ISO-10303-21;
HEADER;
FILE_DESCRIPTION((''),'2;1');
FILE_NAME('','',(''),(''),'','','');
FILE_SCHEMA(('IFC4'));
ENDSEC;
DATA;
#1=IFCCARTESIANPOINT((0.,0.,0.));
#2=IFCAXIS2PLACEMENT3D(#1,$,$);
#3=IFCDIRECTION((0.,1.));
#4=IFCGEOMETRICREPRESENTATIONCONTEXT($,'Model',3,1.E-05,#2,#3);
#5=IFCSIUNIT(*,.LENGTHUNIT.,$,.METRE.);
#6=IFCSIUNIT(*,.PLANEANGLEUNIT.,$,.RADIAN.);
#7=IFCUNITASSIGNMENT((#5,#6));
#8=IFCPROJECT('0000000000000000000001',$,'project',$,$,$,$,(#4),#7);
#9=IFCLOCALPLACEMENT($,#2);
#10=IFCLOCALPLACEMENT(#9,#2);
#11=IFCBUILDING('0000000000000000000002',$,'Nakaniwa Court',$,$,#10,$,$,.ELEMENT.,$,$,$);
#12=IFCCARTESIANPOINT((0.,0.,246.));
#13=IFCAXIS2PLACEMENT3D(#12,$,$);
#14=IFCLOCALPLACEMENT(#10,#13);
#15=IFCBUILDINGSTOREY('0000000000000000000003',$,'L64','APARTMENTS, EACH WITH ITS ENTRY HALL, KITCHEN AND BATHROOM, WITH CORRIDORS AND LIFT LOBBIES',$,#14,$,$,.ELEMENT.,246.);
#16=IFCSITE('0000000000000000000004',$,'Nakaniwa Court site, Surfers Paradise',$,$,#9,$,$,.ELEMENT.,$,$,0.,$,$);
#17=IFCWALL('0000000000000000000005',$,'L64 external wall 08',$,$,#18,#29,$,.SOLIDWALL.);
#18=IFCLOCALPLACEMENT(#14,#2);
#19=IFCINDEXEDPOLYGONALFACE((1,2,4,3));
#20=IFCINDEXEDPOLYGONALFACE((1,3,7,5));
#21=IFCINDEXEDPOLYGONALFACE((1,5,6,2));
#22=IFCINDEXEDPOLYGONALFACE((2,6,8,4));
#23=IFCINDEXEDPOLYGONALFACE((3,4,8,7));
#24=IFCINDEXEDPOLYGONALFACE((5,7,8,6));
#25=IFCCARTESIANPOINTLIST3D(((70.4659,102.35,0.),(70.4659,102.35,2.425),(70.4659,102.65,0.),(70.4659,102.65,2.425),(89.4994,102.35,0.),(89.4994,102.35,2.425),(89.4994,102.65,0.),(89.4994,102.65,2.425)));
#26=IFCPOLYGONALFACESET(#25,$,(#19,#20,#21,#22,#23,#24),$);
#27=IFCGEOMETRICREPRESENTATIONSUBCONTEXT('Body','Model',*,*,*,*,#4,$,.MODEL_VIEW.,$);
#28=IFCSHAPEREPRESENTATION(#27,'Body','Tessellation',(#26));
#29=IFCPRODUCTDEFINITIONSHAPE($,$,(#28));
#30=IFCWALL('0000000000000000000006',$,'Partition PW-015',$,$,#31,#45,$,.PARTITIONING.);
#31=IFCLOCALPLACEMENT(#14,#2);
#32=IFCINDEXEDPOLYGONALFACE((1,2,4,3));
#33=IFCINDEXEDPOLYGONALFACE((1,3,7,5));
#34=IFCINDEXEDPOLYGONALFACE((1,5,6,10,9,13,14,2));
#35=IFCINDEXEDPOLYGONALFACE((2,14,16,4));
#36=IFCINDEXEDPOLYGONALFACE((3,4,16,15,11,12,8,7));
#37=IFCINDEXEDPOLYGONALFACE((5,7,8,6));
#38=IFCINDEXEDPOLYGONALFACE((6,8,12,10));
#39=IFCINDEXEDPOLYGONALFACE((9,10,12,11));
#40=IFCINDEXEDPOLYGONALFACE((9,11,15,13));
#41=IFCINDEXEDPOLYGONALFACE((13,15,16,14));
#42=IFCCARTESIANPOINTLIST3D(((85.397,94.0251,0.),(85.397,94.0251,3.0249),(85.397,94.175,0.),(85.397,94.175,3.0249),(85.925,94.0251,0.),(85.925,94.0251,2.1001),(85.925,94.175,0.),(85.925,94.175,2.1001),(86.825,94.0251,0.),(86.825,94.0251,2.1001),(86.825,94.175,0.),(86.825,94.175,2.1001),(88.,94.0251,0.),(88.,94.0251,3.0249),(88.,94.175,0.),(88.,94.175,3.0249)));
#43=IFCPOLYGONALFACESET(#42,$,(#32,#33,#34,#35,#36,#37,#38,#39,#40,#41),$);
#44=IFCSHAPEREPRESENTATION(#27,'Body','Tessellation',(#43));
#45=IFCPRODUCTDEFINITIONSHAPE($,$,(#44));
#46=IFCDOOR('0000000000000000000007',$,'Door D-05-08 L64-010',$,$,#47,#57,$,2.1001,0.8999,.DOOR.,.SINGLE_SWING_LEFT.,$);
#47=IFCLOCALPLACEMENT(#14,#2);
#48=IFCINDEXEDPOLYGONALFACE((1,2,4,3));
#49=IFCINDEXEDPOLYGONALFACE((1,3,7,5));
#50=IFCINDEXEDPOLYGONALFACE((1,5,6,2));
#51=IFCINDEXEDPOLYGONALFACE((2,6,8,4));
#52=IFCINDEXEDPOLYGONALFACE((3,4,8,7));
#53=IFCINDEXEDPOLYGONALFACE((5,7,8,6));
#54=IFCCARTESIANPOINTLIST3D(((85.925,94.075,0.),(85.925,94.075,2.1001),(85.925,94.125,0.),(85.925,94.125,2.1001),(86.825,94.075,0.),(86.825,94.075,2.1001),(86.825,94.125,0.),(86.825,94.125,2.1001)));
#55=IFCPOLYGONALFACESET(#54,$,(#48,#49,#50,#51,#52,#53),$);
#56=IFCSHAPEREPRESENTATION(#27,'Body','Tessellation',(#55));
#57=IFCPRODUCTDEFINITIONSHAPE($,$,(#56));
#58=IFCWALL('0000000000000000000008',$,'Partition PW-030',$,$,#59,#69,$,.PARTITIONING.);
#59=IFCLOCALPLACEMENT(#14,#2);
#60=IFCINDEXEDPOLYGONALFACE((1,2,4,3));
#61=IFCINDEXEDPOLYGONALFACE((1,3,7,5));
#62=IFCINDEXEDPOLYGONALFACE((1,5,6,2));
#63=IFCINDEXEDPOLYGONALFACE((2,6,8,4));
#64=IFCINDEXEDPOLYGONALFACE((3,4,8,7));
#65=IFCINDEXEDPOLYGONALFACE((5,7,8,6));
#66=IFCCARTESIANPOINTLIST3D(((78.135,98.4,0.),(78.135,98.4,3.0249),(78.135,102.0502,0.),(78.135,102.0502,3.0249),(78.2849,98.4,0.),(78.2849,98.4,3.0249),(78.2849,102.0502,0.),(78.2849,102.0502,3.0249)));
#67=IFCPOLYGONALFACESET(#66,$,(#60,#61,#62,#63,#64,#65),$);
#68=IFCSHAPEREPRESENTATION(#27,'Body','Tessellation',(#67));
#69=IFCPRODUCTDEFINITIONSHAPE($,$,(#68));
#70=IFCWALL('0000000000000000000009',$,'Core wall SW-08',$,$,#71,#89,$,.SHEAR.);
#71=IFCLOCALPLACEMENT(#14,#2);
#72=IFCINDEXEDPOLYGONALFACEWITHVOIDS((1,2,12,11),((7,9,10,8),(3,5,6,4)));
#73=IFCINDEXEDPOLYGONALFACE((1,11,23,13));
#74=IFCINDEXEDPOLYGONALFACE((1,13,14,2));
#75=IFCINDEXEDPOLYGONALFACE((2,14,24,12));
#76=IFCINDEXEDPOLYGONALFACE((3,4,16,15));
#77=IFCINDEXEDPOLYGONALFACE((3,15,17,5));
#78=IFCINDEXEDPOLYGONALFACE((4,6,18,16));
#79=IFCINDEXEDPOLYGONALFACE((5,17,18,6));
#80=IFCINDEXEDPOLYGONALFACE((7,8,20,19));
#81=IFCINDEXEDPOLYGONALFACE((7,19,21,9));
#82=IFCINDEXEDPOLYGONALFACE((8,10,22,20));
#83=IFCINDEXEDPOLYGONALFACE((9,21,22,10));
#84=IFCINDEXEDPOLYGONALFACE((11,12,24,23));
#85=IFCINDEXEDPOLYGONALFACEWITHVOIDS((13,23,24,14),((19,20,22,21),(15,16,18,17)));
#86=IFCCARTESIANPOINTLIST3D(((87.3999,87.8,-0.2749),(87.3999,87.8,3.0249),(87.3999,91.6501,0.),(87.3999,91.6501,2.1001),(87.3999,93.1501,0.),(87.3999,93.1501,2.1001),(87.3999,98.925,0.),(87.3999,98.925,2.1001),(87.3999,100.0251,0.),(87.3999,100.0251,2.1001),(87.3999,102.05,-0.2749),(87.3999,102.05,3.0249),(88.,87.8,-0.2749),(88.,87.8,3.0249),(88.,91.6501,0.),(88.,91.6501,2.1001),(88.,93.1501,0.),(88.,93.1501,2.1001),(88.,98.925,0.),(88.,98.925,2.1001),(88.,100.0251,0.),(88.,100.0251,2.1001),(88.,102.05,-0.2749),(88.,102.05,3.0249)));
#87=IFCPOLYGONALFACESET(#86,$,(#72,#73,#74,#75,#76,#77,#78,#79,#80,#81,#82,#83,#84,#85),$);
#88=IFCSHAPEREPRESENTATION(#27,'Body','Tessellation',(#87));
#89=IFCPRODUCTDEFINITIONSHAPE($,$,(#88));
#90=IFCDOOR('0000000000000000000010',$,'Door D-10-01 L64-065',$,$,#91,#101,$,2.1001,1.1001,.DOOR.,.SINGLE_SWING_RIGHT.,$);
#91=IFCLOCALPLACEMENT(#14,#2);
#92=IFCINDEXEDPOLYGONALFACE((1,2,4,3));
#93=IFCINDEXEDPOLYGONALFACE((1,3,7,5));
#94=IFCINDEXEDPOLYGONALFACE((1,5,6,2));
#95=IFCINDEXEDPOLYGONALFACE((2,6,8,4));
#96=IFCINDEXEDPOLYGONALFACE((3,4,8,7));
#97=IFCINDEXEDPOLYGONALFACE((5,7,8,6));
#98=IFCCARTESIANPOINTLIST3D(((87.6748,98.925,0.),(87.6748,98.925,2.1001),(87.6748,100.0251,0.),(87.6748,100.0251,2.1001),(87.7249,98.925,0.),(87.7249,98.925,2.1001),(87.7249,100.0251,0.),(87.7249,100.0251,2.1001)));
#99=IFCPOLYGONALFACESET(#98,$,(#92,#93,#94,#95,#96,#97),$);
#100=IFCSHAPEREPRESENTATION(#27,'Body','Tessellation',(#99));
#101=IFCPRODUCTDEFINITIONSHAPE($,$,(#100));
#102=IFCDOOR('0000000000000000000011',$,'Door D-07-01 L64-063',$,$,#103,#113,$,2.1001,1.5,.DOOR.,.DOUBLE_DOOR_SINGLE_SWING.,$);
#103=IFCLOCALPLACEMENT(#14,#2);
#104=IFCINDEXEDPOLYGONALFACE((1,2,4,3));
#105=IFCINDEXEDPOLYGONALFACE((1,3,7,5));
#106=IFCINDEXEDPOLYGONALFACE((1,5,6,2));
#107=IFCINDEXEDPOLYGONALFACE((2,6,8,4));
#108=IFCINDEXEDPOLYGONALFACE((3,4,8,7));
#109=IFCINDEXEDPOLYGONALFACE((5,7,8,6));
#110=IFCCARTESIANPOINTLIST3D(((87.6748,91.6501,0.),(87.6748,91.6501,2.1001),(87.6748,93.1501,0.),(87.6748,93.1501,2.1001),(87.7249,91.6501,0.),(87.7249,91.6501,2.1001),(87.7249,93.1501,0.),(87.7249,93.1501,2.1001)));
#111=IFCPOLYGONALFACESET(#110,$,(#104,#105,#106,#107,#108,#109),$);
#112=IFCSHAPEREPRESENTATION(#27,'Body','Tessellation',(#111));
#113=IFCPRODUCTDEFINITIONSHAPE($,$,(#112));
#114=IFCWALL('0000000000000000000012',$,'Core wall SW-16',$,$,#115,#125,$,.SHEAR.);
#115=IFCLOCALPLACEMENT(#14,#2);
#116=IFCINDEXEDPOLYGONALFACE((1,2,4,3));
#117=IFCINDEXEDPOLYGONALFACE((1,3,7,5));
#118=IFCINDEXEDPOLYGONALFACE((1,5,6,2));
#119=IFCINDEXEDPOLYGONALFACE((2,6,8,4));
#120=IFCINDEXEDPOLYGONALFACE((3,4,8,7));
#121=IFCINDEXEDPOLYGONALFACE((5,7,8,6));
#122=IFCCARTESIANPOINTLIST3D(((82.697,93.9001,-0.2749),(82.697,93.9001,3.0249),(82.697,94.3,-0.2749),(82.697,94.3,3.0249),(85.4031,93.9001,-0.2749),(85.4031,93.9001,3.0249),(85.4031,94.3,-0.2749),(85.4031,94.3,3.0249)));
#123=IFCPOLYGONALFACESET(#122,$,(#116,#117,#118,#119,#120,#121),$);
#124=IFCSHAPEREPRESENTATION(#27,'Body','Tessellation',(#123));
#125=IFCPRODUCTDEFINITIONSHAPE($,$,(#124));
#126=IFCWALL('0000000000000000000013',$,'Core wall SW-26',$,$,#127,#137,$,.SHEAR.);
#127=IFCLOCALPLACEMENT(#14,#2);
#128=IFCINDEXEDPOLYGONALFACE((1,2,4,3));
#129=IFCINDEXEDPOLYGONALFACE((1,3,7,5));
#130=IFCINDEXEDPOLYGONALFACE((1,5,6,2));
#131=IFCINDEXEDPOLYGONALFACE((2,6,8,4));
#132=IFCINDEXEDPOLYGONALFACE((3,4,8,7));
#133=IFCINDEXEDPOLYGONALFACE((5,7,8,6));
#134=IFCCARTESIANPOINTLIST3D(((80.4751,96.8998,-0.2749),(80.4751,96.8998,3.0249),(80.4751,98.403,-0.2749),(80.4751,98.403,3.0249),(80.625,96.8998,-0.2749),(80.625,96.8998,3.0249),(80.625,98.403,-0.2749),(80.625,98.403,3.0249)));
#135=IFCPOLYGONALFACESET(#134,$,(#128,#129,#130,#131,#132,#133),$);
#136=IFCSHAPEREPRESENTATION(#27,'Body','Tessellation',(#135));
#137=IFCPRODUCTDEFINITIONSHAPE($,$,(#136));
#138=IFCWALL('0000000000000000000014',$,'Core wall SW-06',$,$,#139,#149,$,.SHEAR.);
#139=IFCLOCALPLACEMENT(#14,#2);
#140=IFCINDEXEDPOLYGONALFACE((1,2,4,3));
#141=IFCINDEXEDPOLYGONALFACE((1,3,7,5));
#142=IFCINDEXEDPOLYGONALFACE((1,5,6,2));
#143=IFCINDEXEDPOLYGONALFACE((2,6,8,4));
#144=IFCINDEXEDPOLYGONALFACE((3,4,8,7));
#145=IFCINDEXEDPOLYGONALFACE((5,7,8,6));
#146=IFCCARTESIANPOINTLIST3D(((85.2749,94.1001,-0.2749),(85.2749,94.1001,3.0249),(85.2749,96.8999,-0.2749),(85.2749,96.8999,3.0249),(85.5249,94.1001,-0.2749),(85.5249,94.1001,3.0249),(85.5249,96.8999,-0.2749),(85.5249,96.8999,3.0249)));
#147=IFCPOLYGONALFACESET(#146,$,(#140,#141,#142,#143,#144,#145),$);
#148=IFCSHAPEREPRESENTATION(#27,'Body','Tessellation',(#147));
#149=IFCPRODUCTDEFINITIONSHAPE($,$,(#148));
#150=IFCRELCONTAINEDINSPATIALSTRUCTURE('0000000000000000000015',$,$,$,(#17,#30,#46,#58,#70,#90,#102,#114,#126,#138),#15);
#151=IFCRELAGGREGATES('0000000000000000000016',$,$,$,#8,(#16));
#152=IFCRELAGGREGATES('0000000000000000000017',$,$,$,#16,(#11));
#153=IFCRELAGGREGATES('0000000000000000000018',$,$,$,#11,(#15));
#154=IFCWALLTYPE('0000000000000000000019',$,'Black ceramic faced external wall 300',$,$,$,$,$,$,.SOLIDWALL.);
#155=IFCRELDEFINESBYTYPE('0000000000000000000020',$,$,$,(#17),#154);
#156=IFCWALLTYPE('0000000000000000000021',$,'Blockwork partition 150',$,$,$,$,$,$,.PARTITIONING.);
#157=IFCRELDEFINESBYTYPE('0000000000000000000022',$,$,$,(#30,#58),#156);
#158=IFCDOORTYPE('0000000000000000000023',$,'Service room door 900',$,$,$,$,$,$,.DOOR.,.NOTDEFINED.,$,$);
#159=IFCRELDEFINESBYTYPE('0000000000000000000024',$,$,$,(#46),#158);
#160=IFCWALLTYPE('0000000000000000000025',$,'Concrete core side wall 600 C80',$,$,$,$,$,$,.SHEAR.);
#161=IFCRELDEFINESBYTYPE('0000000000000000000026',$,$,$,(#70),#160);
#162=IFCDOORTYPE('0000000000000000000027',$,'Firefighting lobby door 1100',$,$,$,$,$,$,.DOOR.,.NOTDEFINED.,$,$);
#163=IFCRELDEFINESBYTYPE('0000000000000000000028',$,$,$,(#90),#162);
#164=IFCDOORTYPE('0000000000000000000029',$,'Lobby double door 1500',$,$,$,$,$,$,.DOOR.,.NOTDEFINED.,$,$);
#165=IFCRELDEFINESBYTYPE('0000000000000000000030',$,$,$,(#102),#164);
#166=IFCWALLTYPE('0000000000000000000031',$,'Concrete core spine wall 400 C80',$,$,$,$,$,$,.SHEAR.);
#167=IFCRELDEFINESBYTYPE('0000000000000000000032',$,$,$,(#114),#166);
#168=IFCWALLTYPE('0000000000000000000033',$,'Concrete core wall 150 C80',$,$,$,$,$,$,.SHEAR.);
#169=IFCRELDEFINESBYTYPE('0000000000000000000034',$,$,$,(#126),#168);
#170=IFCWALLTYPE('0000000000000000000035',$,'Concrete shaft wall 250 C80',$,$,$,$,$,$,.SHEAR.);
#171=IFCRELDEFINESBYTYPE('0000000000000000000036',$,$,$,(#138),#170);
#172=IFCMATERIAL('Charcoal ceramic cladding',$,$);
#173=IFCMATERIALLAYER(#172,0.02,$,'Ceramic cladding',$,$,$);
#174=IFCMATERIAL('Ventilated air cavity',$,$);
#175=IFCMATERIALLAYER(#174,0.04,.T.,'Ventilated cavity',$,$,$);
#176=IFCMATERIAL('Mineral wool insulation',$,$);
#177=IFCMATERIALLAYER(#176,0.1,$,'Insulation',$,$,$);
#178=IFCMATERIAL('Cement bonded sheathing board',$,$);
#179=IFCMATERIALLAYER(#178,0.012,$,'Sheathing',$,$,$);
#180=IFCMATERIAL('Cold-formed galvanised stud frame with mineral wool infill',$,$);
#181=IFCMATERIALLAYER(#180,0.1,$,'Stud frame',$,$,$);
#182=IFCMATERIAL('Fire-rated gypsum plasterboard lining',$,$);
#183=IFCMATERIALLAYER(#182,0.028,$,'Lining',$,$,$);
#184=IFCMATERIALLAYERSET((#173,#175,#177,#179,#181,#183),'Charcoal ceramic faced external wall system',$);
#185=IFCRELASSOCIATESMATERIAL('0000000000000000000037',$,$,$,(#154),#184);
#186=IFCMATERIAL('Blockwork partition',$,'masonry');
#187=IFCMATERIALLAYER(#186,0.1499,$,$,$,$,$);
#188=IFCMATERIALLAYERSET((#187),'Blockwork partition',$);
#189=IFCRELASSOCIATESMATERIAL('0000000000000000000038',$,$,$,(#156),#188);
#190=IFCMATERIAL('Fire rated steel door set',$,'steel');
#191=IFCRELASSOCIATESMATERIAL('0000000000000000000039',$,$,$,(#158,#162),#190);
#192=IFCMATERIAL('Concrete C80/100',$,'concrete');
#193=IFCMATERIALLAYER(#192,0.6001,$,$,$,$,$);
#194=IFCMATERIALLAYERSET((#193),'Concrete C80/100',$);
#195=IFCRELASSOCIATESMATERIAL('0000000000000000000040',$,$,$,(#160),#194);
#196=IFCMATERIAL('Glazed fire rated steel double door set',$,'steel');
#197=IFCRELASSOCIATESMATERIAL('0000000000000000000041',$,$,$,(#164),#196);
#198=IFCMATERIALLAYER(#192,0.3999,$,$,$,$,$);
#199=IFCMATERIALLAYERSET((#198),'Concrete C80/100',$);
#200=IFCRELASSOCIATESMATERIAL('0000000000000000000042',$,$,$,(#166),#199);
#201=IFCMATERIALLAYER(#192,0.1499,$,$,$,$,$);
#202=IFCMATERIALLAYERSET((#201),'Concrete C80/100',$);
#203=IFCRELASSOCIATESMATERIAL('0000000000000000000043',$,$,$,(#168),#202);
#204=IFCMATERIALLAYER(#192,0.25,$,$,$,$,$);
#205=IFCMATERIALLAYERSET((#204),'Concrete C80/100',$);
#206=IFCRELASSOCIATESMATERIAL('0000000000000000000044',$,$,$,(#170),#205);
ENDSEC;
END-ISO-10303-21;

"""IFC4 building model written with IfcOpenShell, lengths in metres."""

from ifc_helpers import new_model, si_unit, direction, frame, frame_2d, origin, place, context, subcontext, project, spatial, rectangle, extrude, material, layer, layer_set, type_object, element, fill, save


model = new_model("IFC4")

# Units and contexts
model_context = context("Model", 3, precision=1e-05, world=origin(), true_north=direction((0.0, 1.0)))
body_context = subcontext(model_context, "Body", "Model", "MODEL_VIEW")
ifc_project = project(units=[si_unit("LENGTHUNIT", "METRE"), si_unit("PLANEANGLEUNIT", "RADIAN")], contexts=[model_context])

# Site, building, storey
site_placement = place(None, origin())
site = spatial("IfcSite", under=ifc_project, at=site_placement, Name="Nakaniwa Court site, Surfers Paradise", CompositionType="ELEMENT", RefElevation=0.0)
building_placement = place(site_placement, origin())
building = spatial("IfcBuilding", under=site, at=building_placement, Name="Nakaniwa Court", CompositionType="ELEMENT")
storey_placement = place(building_placement, frame((0.0, 0.0, 246.0)))
storey = spatial("IfcBuildingStorey", under=building, at=storey_placement, Name="L64", Description="APARTMENTS, EACH WITH ITS ENTRY HALL, KITCHEN AND BATHROOM, WITH CORRIDORS AND LIFT LOBBIES", CompositionType="ELEMENT", Elevation=246.0)

# Wall
ifc_material_1 = material(Name="Charcoal ceramic cladding")
ifc_layer_1 = layer(ifc_material_1, 0.02, Name="Ceramic cladding")
ifc_material_2 = material(Name="Ventilated air cavity")
ifc_layer_2 = layer(ifc_material_2, 0.04, ventilated=True, Name="Ventilated cavity")
ifc_material_3 = material(Name="Mineral wool insulation")
ifc_layer_3 = layer(ifc_material_3, 0.1, Name="Insulation")
ifc_material_4 = material(Name="Cement bonded sheathing board")
ifc_layer_4 = layer(ifc_material_4, 0.012, Name="Sheathing")
ifc_material_5 = material(Name="Cold-formed galvanised stud frame with mineral wool infill")
ifc_layer_5 = layer(ifc_material_5, 0.1, Name="Stud frame")
ifc_material_6 = material(Name="Fire-rated gypsum plasterboard lining")
ifc_layer_6 = layer(ifc_material_6, 0.028, Name="Lining")
ifc_layer_set_1 = layer_set([ifc_layer_1, ifc_layer_2, ifc_layer_3, ifc_layer_4, ifc_layer_5, ifc_layer_6], Name="Charcoal ceramic faced external wall system")
wall_type_1 = type_object("IfcWallType", Name="Black ceramic faced external wall 300", PredefinedType="SOLIDWALL", material=ifc_layer_set_1)
wall_1_placement = place(storey_placement, frame((89.4993, 102.5, 0.0), z_axis=(0.0, 0.0, 1.0), x_axis=(-1.0, 0.0, 0.0)))
element("IfcWall", 1, at=wall_1_placement, inside=storey, type_object=wall_type_1, Name="L64 external wall 08", PredefinedType="SOLIDWALL", context=body_context, shape_type="SweptSolid", body=[
    extrude(rectangle(XDim=19.0334, YDim=0.3, at=frame_2d((9.5166, 0.0))), origin(), (0.0, 0.0, 1.0), 2.425),
])

# Wall, opening, door
ifc_material_7 = material(Name="Blockwork partition", Category="masonry")
ifc_layer_7 = layer(ifc_material_7, 0.1499)
ifc_layer_set_2 = layer_set([ifc_layer_7], Name="Blockwork partition")
wall_type_2 = type_object("IfcWallType", Name="Blockwork partition 150", PredefinedType="PARTITIONING", material=ifc_layer_set_2)
wall_2_placement = place(storey_placement, frame((85.397, 94.1001, 0.0), z_axis=(0.0, 0.0, 1.0), x_axis=(1.0, 0.0, 0.0)))
wall_2 = element("IfcWall", 2, at=wall_2_placement, inside=storey, type_object=wall_type_2, Name="Partition PW-015", PredefinedType="PARTITIONING", context=body_context, shape_type="SweptSolid", body=[
    extrude(rectangle(XDim=2.603, YDim=0.1499, at=frame_2d((1.3015, 0.0))), origin(), (0.0, 0.0, 1.0), 3.0249),
])
opening_1_placement = place(wall_2_placement, frame((0.5281, 0.0, 0.0)))
opening_1 = element("IfcOpeningElement", 3, at=opening_1_placement, cuts=wall_2, PredefinedType="OPENING", context=body_context, shape_type="SweptSolid", body=[
    extrude(rectangle(XDim=0.8999, YDim=2.1001, at=frame_2d((0.45, 1.05))), frame((0.0, 0.085, 0.0), z_axis=(0.0, -1.0, 0.0), x_axis=(1.0, 0.0, 0.0)), (0.0, 0.0, 1.0), 0.1699),
])
ifc_material_8 = material(Name="Fire rated steel door set", Category="steel")
door_type_1 = type_object("IfcDoorType", Name="Service room door 900", OperationType="NOTDEFINED", PredefinedType="DOOR", material=ifc_material_8)
door_1_placement = place(opening_1_placement, origin())
door_1 = element("IfcDoor", 4, at=door_1_placement, inside=storey, type_object=door_type_1, Name="Door D-05-08 L64-010", OperationType="SINGLE_SWING_LEFT", OverallHeight=2.1001, OverallWidth=0.8999, PredefinedType="DOOR", context=body_context, shape_type="SweptSolid", body=[
    extrude(rectangle(XDim=0.8999, YDim=2.1001, at=frame_2d((0.45, 1.05))), frame((0.0, 0.0249, 0.0), z_axis=(0.0, -1.0, 0.0), x_axis=(1.0, 0.0, 0.0)), (0.0, 0.0, 1.0), 0.05),
])
fill(opening_1, door_1)

# Wall
wall_3_placement = place(storey_placement, frame((78.21, 98.3999, 0.0), z_axis=(0.0, 0.0, 1.0), x_axis=(0.0, 1.0, 0.0)))
element("IfcWall", 5, at=wall_3_placement, inside=storey, type_object=wall_type_2, Name="Partition PW-030", PredefinedType="PARTITIONING", context=body_context, shape_type="SweptSolid", body=[
    extrude(rectangle(XDim=3.6501, YDim=0.1499, at=frame_2d((1.8252, 0.0))), origin(), (0.0, 0.0, 1.0), 3.0249),
])

# Wall, openings, doors
ifc_material_9 = material(Name="Concrete C80/100", Category="concrete")
ifc_layer_8 = layer(ifc_material_9, 0.6001)
ifc_layer_set_3 = layer_set([ifc_layer_8], Name="Concrete C80/100")
wall_type_3 = type_object("IfcWallType", Name="Concrete core side wall 600 C80", PredefinedType="SHEAR", material=ifc_layer_set_3)
wall_4_placement = place(storey_placement, frame((87.7, 102.05, -0.2749), z_axis=(0.0, 0.0, 1.0), x_axis=(0.0, -1.0, 0.0)))
wall_4 = element("IfcWall", 6, at=wall_4_placement, inside=storey, type_object=wall_type_3, Name="Core wall SW-08", PredefinedType="SHEAR", context=body_context, shape_type="SweptSolid", body=[
    extrude(rectangle(XDim=14.25, YDim=0.6001, at=frame_2d((7.125, 0.0))), origin(), (0.0, 0.0, 1.0), 3.2998),
])
opening_2_placement = place(wall_4_placement, frame((8.8999, 0.0, 0.2749)))
opening_2 = element("IfcOpeningElement", 7, at=opening_2_placement, cuts=wall_4, PredefinedType="OPENING", context=body_context, shape_type="SweptSolid", body=[
    extrude(rectangle(XDim=1.5, YDim=2.1001, at=frame_2d((0.75, 1.05))), frame((0.0, 0.3101, 0.0), z_axis=(0.0, -1.0, 0.0), x_axis=(1.0, 0.0, 0.0)), (0.0, 0.0, 1.0), 0.6201),
])
opening_3_placement = place(wall_4_placement, frame((2.0249, 0.0, 0.2749)))
opening_3 = element("IfcOpeningElement", 8, at=opening_3_placement, cuts=wall_4, PredefinedType="OPENING", context=body_context, shape_type="SweptSolid", body=[
    extrude(rectangle(XDim=1.1001, YDim=2.1001, at=frame_2d((0.55, 1.05))), frame((0.0, 0.3101, 0.0), z_axis=(0.0, -1.0, 0.0), x_axis=(1.0, 0.0, 0.0)), (0.0, 0.0, 1.0), 0.6201),
])
door_type_2 = type_object("IfcDoorType", Name="Firefighting lobby door 1100", OperationType="NOTDEFINED", PredefinedType="DOOR", material=ifc_material_8)
door_2_placement = place(opening_3_placement, origin())
door_2 = element("IfcDoor", 9, at=door_2_placement, inside=storey, type_object=door_type_2, Name="Door D-10-01 L64-065", OperationType="SINGLE_SWING_RIGHT", OverallHeight=2.1001, OverallWidth=1.1001, PredefinedType="DOOR", context=body_context, shape_type="SweptSolid", body=[
    extrude(rectangle(XDim=1.1001, YDim=2.1001, at=frame_2d((0.55, 1.05))), frame((0.0, 0.0249, 0.0), z_axis=(0.0, -1.0, 0.0), x_axis=(1.0, 0.0, 0.0)), (0.0, 0.0, 1.0), 0.05),
])
fill(opening_3, door_2)
ifc_material_10 = material(Name="Glazed fire rated steel double door set", Category="steel")
door_type_3 = type_object("IfcDoorType", Name="Lobby double door 1500", OperationType="NOTDEFINED", PredefinedType="DOOR", material=ifc_material_10)
door_3_placement = place(opening_2_placement, origin())
door_3 = element("IfcDoor", 10, at=door_3_placement, inside=storey, type_object=door_type_3, Name="Door D-07-01 L64-063", OperationType="DOUBLE_DOOR_SINGLE_SWING", OverallHeight=2.1001, OverallWidth=1.5, PredefinedType="DOOR", context=body_context, shape_type="SweptSolid", body=[
    extrude(rectangle(XDim=1.5, YDim=2.1001, at=frame_2d((0.75, 1.05))), frame((0.0, 0.0249, 0.0), z_axis=(0.0, -1.0, 0.0), x_axis=(1.0, 0.0, 0.0)), (0.0, 0.0, 1.0), 0.05),
])
fill(opening_2, door_3)

# Walls
ifc_layer_9 = layer(ifc_material_9, 0.3999)
ifc_layer_set_4 = layer_set([ifc_layer_9], Name="Concrete C80/100")
wall_type_4 = type_object("IfcWallType", Name="Concrete core spine wall 400 C80", PredefinedType="SHEAR", material=ifc_layer_set_4)
wall_5_placement = place(storey_placement, frame((82.697, 94.1001, -0.2749), z_axis=(0.0, 0.0, 1.0), x_axis=(1.0, 0.0, 0.0)))
element("IfcWall", 11, at=wall_5_placement, inside=storey, type_object=wall_type_4, Name="Core wall SW-16", PredefinedType="SHEAR", context=body_context, shape_type="SweptSolid", body=[
    extrude(rectangle(XDim=2.7061, YDim=0.3999, at=frame_2d((1.353, 0.0))), origin(), (0.0, 0.0, 1.0), 3.2998),
])
ifc_layer_10 = layer(ifc_material_9, 0.1499)
ifc_layer_set_5 = layer_set([ifc_layer_10], Name="Concrete C80/100")
wall_type_5 = type_object("IfcWallType", Name="Concrete core wall 150 C80", PredefinedType="SHEAR", material=ifc_layer_set_5)
wall_6_placement = place(storey_placement, frame((80.55, 96.8999, -0.2749), z_axis=(0.0, 0.0, 1.0), x_axis=(0.0, 1.0, 0.0)))
element("IfcWall", 12, at=wall_6_placement, inside=storey, type_object=wall_type_5, Name="Core wall SW-26", PredefinedType="SHEAR", context=body_context, shape_type="SweptSolid", body=[
    extrude(rectangle(XDim=1.5032, YDim=0.1499, at=frame_2d((0.7515, 0.0))), origin(), (0.0, 0.0, 1.0), 3.2998),
])
ifc_layer_11 = layer(ifc_material_9, 0.25)
ifc_layer_set_6 = layer_set([ifc_layer_11], Name="Concrete C80/100")
wall_type_6 = type_object("IfcWallType", Name="Concrete shaft wall 250 C80", PredefinedType="SHEAR", material=ifc_layer_set_6)
wall_7_placement = place(storey_placement, frame((85.3999, 94.1001, -0.2749), z_axis=(0.0, 0.0, 1.0), x_axis=(0.0, 1.0, 0.0)))
element("IfcWall", 13, at=wall_7_placement, inside=storey, type_object=wall_type_6, Name="Core wall SW-06", PredefinedType="SHEAR", context=body_context, shape_type="SweptSolid", body=[
    extrude(rectangle(XDim=2.7998, YDim=0.25, at=frame_2d((1.3999, 0.0))), origin(), (0.0, 0.0, 1.0), 3.2998),
])

save(model, "model.ifc")
